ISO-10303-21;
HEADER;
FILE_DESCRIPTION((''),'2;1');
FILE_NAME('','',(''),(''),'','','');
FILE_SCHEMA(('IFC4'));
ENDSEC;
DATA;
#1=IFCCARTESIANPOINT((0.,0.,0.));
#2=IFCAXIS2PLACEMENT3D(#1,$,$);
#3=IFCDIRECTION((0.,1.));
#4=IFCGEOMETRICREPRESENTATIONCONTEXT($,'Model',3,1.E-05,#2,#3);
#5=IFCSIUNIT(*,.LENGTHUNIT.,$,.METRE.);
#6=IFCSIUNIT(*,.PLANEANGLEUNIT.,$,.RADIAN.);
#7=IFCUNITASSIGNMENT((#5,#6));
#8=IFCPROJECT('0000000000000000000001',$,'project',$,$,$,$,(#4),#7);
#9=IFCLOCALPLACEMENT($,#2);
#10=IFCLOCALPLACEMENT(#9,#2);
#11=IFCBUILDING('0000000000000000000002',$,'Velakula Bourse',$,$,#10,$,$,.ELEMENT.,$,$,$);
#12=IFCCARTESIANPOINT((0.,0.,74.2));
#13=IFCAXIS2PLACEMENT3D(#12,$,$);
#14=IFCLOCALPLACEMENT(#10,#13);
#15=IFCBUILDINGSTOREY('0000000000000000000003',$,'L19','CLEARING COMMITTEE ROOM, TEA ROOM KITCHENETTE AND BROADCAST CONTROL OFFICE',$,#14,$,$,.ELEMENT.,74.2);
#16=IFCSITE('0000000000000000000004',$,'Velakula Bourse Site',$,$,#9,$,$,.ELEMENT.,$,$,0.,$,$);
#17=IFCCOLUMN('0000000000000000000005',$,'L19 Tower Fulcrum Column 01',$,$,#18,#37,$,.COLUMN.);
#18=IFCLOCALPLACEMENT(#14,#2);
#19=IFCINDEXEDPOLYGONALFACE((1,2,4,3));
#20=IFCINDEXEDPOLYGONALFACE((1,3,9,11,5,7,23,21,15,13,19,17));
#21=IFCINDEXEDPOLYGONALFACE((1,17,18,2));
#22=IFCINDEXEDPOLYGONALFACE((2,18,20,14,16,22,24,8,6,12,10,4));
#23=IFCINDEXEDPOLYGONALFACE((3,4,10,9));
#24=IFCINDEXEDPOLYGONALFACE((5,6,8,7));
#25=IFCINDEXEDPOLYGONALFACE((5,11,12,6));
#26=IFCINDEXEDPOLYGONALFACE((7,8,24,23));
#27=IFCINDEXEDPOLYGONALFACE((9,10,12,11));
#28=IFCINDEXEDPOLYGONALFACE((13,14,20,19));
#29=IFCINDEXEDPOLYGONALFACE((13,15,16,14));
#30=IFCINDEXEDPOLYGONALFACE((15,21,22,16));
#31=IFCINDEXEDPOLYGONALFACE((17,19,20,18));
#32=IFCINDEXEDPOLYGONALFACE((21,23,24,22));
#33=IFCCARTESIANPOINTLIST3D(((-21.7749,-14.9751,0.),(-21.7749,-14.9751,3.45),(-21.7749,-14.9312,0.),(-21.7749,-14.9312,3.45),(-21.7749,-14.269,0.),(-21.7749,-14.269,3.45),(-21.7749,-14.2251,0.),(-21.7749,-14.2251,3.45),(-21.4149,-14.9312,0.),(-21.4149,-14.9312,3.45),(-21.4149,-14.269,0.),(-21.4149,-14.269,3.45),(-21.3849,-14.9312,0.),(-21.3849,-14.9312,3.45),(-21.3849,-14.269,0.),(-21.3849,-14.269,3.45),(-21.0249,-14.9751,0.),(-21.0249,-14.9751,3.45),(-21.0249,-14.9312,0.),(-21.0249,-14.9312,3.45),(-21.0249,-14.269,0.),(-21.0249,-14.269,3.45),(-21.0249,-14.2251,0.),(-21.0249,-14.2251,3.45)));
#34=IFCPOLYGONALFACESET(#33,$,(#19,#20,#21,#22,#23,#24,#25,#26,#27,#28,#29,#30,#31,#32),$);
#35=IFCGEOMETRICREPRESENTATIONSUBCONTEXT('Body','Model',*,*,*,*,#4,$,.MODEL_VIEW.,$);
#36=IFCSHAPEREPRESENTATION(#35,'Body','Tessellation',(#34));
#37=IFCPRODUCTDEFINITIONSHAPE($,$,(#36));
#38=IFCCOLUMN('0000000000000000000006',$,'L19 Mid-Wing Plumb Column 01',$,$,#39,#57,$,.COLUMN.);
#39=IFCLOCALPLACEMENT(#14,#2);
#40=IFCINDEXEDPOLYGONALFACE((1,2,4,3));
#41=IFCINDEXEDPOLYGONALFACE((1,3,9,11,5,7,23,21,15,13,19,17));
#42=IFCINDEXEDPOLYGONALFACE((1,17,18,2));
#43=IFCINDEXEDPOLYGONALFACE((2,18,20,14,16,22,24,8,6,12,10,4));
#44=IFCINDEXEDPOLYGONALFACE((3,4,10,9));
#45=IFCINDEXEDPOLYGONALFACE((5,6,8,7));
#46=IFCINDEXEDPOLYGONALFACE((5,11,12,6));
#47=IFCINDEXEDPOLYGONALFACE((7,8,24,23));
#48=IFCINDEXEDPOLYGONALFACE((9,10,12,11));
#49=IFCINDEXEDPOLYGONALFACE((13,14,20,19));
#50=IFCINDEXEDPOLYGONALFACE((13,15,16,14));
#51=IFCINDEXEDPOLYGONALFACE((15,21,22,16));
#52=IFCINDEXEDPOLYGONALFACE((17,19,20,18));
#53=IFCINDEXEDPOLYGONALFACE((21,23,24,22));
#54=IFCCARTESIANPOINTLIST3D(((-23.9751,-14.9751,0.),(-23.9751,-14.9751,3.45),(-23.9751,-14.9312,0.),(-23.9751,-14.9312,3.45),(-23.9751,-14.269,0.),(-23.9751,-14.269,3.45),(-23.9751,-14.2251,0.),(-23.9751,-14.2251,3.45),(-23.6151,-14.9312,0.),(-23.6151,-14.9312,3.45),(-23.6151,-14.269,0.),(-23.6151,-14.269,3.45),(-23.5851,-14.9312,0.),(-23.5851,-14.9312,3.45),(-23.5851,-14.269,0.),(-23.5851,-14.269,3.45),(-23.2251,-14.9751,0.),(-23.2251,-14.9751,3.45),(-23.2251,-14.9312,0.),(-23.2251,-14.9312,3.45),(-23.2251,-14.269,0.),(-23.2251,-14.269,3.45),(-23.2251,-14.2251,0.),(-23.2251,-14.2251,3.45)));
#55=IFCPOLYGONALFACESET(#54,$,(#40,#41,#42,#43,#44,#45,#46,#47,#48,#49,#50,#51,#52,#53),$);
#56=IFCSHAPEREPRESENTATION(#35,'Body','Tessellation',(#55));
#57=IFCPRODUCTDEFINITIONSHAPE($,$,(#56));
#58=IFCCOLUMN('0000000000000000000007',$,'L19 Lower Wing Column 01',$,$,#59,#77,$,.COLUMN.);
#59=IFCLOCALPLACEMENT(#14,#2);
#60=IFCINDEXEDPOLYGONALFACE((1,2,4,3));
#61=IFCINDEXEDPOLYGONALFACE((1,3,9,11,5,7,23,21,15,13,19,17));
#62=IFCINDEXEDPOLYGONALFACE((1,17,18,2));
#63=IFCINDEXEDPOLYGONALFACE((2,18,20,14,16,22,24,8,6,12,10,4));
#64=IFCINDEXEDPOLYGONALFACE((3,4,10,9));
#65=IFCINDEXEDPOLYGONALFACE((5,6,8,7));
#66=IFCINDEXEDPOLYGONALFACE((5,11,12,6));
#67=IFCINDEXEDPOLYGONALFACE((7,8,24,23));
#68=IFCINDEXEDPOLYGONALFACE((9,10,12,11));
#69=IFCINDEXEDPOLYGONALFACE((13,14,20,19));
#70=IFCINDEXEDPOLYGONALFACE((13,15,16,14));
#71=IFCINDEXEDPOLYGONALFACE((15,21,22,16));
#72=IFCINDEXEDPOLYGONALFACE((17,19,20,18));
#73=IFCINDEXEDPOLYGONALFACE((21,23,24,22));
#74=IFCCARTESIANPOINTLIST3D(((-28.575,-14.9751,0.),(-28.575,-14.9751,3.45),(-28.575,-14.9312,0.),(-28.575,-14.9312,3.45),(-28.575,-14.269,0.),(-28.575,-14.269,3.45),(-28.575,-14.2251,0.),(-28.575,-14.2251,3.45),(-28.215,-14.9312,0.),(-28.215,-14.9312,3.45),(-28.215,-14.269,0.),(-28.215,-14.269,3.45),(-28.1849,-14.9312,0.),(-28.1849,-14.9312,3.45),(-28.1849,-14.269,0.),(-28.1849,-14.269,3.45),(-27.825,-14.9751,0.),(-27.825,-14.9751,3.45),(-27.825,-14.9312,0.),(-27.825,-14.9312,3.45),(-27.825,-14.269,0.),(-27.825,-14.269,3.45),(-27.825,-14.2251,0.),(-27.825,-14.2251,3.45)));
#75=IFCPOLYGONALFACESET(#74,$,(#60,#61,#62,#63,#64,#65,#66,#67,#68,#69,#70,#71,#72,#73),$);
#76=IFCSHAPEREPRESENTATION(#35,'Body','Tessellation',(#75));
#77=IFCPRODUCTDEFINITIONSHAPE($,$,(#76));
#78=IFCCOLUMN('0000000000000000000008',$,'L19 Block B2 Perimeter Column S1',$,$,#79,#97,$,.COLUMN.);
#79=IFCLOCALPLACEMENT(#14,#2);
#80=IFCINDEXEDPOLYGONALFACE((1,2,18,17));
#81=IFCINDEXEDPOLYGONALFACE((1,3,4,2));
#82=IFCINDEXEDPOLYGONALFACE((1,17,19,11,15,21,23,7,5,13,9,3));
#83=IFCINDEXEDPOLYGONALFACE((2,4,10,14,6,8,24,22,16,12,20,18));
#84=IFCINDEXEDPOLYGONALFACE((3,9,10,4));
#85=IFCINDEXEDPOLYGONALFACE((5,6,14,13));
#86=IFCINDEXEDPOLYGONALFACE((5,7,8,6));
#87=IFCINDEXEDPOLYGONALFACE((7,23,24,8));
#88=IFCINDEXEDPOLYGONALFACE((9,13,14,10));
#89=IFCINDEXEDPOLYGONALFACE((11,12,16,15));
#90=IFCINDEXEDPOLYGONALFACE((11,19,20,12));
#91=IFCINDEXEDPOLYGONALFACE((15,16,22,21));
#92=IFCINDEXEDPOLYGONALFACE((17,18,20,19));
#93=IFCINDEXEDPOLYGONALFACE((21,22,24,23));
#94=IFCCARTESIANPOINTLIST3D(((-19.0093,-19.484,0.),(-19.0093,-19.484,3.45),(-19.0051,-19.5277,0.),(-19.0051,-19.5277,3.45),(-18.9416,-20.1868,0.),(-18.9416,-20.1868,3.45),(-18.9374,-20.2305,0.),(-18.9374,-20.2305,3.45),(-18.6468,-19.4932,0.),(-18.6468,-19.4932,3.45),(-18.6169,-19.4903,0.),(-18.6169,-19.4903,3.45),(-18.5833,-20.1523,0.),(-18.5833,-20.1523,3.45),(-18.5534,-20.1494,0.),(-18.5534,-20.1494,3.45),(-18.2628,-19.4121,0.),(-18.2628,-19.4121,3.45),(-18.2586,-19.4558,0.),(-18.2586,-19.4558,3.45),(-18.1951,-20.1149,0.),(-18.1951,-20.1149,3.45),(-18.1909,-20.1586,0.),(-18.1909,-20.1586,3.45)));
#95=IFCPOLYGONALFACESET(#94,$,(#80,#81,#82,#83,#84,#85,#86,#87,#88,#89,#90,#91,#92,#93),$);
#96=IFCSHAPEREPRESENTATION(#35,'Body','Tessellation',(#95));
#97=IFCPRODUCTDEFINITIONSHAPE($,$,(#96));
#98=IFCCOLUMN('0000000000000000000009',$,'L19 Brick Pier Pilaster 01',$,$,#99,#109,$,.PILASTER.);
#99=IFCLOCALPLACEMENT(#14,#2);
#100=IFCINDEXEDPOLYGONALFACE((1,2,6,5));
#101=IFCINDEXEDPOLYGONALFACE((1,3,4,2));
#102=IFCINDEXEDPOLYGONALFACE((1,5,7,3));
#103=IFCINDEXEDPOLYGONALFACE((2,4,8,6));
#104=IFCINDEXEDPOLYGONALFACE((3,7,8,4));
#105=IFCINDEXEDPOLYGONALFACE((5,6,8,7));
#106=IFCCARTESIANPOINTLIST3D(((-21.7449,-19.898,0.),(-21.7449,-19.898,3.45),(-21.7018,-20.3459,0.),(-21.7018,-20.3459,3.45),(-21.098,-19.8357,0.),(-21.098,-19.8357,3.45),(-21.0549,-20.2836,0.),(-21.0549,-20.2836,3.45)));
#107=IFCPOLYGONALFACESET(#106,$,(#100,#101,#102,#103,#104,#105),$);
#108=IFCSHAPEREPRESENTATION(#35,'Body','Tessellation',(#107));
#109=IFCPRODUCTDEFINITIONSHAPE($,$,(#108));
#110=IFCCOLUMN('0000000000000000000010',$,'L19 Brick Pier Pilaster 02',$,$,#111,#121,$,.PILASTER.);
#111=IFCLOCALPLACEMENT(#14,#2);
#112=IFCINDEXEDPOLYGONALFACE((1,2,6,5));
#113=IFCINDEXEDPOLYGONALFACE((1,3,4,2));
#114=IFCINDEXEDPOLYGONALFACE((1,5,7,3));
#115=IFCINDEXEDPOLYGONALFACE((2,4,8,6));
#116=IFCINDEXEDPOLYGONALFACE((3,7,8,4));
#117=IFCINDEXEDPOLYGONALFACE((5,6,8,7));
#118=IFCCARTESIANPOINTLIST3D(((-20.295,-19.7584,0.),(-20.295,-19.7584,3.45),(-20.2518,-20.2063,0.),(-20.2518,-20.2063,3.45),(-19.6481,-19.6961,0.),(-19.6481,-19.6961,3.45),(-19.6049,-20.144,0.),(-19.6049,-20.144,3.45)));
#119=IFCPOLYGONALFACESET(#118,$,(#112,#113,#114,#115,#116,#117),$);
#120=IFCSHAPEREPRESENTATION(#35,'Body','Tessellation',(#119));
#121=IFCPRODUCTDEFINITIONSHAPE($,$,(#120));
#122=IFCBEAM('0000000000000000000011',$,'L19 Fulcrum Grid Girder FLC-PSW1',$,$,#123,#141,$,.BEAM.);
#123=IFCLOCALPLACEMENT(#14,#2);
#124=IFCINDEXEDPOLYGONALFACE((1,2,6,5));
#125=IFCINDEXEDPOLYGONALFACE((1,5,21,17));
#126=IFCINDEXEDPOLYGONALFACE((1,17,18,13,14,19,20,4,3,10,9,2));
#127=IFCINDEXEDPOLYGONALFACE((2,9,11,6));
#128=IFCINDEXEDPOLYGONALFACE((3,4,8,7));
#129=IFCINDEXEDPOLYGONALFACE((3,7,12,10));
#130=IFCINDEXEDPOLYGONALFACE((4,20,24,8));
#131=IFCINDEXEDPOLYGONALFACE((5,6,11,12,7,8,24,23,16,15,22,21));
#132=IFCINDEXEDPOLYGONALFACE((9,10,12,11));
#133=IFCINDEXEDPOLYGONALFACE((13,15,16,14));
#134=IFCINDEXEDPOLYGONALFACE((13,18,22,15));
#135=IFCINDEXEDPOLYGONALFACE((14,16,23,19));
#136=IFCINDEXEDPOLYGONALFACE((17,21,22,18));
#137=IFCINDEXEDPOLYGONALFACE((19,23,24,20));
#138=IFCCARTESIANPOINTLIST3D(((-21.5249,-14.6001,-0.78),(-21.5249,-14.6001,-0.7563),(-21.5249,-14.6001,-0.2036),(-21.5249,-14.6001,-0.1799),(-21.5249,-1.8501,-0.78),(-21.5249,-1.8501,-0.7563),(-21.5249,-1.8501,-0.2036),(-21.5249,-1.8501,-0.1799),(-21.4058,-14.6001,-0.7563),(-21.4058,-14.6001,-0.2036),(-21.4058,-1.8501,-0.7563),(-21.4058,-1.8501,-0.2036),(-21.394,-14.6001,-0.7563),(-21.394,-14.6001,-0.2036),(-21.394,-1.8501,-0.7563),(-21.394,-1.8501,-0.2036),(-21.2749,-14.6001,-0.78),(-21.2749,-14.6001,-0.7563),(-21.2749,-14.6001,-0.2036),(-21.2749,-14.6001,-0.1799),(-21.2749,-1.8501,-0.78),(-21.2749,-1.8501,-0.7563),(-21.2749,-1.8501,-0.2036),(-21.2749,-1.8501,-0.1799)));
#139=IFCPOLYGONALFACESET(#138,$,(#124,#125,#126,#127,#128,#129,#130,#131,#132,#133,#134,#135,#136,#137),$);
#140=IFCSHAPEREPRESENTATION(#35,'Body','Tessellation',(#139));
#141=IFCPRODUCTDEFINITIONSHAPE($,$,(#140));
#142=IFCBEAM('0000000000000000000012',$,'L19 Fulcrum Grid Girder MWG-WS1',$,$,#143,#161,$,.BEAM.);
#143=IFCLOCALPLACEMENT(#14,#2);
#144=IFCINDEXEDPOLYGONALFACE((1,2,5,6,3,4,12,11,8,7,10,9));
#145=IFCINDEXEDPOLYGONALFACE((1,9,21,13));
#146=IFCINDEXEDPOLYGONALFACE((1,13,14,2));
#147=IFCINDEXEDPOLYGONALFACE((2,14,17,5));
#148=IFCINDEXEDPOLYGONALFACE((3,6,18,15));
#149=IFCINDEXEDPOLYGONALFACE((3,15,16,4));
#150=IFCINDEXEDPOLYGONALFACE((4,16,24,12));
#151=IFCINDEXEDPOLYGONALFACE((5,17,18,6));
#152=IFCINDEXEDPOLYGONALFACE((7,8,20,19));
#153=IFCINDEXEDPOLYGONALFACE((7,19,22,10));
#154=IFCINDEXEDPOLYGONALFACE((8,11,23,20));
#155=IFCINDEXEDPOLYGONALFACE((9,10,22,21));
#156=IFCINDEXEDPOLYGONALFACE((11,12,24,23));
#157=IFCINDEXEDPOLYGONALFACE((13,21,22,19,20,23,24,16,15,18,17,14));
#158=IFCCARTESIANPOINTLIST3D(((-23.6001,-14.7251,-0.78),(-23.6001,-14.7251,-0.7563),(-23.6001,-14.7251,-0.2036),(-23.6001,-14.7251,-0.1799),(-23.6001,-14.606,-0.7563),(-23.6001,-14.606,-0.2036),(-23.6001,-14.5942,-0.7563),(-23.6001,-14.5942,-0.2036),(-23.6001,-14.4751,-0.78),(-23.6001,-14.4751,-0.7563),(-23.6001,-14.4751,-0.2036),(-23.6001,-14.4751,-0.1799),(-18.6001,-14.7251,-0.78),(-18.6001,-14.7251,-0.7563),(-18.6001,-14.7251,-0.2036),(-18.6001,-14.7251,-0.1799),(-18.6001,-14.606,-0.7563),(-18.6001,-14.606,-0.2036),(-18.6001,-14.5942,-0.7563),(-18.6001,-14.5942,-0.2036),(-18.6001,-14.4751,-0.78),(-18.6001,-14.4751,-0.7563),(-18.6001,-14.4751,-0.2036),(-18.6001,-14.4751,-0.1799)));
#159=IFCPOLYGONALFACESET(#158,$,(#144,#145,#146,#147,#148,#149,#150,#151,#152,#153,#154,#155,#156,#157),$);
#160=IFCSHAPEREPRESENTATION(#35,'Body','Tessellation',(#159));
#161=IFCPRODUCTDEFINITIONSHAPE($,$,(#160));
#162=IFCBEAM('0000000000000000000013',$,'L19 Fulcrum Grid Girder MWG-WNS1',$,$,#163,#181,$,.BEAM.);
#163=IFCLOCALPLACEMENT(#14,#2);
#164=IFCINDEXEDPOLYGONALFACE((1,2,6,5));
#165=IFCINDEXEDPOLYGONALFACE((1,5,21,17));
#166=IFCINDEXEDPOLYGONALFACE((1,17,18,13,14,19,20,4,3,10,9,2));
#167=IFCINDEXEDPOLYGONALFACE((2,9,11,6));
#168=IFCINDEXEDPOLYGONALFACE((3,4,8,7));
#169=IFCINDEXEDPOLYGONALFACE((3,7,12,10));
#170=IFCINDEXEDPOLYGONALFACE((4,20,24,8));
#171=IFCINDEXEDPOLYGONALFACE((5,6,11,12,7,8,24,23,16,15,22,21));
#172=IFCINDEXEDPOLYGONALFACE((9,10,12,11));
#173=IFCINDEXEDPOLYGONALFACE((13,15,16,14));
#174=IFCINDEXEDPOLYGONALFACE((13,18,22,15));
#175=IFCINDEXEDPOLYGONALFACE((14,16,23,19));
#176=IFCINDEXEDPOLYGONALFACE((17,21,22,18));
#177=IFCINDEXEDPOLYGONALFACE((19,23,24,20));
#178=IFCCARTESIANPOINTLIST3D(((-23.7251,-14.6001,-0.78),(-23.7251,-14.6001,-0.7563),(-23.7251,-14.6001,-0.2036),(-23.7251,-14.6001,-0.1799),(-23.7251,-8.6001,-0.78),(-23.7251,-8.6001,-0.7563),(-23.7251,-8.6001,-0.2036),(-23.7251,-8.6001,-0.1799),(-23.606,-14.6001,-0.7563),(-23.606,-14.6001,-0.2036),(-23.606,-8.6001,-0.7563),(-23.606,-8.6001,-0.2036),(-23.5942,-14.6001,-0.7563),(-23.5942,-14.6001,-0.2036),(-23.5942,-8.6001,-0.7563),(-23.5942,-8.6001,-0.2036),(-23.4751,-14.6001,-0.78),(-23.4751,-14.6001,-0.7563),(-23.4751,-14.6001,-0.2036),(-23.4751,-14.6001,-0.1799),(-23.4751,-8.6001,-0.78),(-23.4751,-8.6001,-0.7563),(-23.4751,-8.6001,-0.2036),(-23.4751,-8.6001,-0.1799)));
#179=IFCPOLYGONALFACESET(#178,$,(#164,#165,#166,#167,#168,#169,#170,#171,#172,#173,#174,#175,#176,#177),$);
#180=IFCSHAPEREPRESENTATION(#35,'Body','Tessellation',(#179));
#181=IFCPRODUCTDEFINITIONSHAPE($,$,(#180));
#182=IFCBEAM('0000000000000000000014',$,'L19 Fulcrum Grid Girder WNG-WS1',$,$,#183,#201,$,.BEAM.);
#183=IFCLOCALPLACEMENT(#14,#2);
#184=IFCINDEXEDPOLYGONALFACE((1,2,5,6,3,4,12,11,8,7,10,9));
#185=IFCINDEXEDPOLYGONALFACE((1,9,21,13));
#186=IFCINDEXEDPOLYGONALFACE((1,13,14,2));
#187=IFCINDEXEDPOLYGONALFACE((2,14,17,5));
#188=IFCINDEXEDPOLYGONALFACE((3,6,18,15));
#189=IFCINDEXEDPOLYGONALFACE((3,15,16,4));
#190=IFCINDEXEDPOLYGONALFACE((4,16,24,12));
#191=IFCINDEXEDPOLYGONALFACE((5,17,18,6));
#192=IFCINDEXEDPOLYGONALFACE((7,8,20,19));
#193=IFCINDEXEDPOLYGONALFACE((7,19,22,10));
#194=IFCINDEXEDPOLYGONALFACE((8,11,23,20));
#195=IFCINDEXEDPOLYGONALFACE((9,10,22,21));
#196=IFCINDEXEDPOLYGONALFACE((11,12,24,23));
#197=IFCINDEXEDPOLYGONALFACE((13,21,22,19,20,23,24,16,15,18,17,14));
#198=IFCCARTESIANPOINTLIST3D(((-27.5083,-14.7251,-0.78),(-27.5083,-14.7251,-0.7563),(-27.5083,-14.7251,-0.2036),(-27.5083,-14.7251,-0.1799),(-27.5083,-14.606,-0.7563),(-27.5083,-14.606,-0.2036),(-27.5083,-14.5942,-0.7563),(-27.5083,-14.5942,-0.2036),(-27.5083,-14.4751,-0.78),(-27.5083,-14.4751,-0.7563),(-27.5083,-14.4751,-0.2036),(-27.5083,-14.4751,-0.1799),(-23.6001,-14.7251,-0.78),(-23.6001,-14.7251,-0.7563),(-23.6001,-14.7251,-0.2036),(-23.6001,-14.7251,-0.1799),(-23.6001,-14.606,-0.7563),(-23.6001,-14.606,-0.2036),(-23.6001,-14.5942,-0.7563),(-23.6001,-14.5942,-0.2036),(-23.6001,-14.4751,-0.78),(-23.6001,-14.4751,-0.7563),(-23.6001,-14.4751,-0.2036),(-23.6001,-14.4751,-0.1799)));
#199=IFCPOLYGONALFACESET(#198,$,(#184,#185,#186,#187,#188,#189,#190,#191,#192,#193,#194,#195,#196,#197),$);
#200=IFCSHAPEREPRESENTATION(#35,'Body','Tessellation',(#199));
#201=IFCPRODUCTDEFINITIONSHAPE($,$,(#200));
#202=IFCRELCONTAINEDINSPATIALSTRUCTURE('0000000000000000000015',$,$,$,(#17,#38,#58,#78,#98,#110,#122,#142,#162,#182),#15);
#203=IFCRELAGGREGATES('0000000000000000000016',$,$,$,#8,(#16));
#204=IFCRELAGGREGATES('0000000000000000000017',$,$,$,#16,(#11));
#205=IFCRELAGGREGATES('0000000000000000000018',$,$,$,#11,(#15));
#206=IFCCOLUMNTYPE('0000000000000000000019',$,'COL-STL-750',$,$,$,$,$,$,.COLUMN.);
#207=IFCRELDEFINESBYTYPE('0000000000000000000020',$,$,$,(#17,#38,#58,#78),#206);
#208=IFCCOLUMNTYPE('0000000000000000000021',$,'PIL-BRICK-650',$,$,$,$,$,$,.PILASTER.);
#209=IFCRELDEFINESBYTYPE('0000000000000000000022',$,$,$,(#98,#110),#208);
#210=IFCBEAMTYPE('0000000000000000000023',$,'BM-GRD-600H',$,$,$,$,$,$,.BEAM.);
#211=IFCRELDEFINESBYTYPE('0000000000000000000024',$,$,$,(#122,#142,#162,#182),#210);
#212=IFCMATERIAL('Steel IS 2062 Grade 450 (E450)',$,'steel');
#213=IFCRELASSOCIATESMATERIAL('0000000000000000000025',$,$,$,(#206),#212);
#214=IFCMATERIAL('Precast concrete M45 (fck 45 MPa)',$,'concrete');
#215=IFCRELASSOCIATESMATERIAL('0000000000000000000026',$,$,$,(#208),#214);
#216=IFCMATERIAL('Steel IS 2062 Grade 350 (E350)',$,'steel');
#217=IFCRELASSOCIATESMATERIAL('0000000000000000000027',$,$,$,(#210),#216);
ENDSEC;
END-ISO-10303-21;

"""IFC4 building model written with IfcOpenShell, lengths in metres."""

from ifc_helpers import new_model, si_unit, direction, frame, origin, origin_2d, place, context, subcontext, project, spatial, rectangle, i_section, extrude, material, material_profile, profile_set, type_object, element, save


model = new_model("IFC4")

# Units and contexts
model_context = context("Model", 3, precision=1e-05, world=origin(), true_north=direction((0.0, 1.0)))
body_context = subcontext(model_context, "Body", "Model", "MODEL_VIEW")
ifc_project = project(units=[si_unit("LENGTHUNIT", "METRE"), si_unit("PLANEANGLEUNIT", "RADIAN")], contexts=[model_context])

# Site, building, storey
site_placement = place(None, origin())
site = spatial("IfcSite", under=ifc_project, at=site_placement, Name="Velakula Bourse Site", CompositionType="ELEMENT", RefElevation=0.0)
building_placement = place(site_placement, origin())
building = spatial("IfcBuilding", under=site, at=building_placement, Name="Velakula Bourse", CompositionType="ELEMENT")
storey_placement = place(building_placement, frame((0.0, 0.0, 74.2)))
storey = spatial("IfcBuildingStorey", under=building, at=storey_placement, Name="L19", Description="CLEARING COMMITTEE ROOM, TEA ROOM KITCHENETTE AND BROADCAST CONTROL OFFICE", CompositionType="ELEMENT", Elevation=74.2)

# Columns
ifc_material_1 = material(Name="Steel IS 2062 Grade 450 (E450)", Category="steel")
ifc_material_profile_1 = material_profile(ifc_material_1, i_section(OverallWidth=0.75, OverallDepth=0.75, WebThickness=0.03, FlangeThickness=0.0439, at=origin_2d()), Name="Steel IS 2062 Grade 450 (E450)")
ifc_profile_set_1 = profile_set([ifc_material_profile_1], Name="Steel IS 2062 Grade 450 (E450)")
column_type_1 = type_object("IfcColumnType", Name="COL-STL-750", PredefinedType="COLUMN", material=ifc_profile_set_1)
for number, where, z_axis, x_axis, name in (
    (1, (-21.3999, -14.6001, 0.0), (0.0, 0.0, 1.0), (1.0, 0.0, 0.0), "L19 Tower Fulcrum Column 01"),
    (2, (-23.6001, -14.6001, 0.0), (0.0, 0.0, 1.0), (1.0, 0.0, 0.0), "L19 Mid-Wing Plumb Column 01"),
    (3, (-28.2, -14.6001, 0.0), (0.0, 0.0, 1.0), (1.0, 0.0, 0.0), "L19 Lower Wing Column 01"),
    (4, (-18.6001, -19.8213, 0.0), (0.0, 0.0, 1.0), (0.995396, 0.095846, 0.0), "L19 Block B2 Perimeter Column S1"),
):
    element("IfcColumn", number, at=place(storey_placement, frame(where, z_axis=z_axis, x_axis=x_axis)), inside=storey, type_object=column_type_1, Name=name, PredefinedType="COLUMN", context=body_context, shape_type="SweptSolid", body=[
        extrude(i_section(OverallWidth=0.75, OverallDepth=0.75, WebThickness=0.03, FlangeThickness=0.0439, at=origin_2d()), origin(), (0.0, 0.0, 1.0), 3.45),
    ])
ifc_material_2 = material(Name="Precast concrete M45 (fck 45 MPa)", Category="concrete")
ifc_material_profile_2 = material_profile(ifc_material_2, rectangle(XDim=0.6499, YDim=0.45, at=origin_2d()), Name="Precast concrete M45 (fck 45 MPa)")
ifc_profile_set_2 = profile_set([ifc_material_profile_2], Name="Precast concrete M45 (fck 45 MPa)")
column_type_2 = type_object("IfcColumnType", Name="PIL-BRICK-650", PredefinedType="PILASTER", material=ifc_profile_set_2)
for number, where, z_axis, x_axis, name in (
    (5, (-21.3999, -20.0908, 0.0), (0.0, 0.0, 1.0), (0.995396, 0.095846, 0.0), "L19 Brick Pier Pilaster 01"),
    (6, (-19.95, -19.9512, 0.0), (0.0, 0.0, 1.0), (0.995396, 0.095846, 0.0), "L19 Brick Pier Pilaster 02"),
):
    element("IfcColumn", number, at=place(storey_placement, frame(where, z_axis=z_axis, x_axis=x_axis)), inside=storey, type_object=column_type_2, Name=name, PredefinedType="PILASTER", context=body_context, shape_type="SweptSolid", body=[
        extrude(rectangle(XDim=0.6499, YDim=0.45, at=origin_2d()), origin(), (0.0, 0.0, 1.0), 3.45),
    ])

# Beams
ifc_material_3 = material(Name="Steel IS 2062 Grade 350 (E350)", Category="steel")
ifc_material_profile_3 = material_profile(ifc_material_3, i_section(OverallWidth=0.25, OverallDepth=0.6001, WebThickness=0.0117, FlangeThickness=0.0237, at=origin_2d()), Name="Steel IS 2062 Grade 350 (E350)")
ifc_profile_set_3 = profile_set([ifc_material_profile_3], Name="Steel IS 2062 Grade 350 (E350)")
beam_type_1 = type_object("IfcBeamType", Name="BM-GRD-600H", PredefinedType="BEAM", material=ifc_profile_set_3)
beam_1_placement = place(storey_placement, frame((-21.3999, -14.6001, -0.48), z_axis=(0.0, 1.0, 0.0), x_axis=(-1.0, 0.0, 0.0)))
element("IfcBeam", 7, at=beam_1_placement, inside=storey, type_object=beam_type_1, Name="L19 Fulcrum Grid Girder FLC-PSW1", PredefinedType="BEAM", context=body_context, shape_type="SweptSolid", body=[
    extrude(i_section(OverallWidth=0.25, OverallDepth=0.6001, WebThickness=0.0117, FlangeThickness=0.0237, at=origin_2d()), origin(), (0.0, 0.0, 1.0), 12.75),
])
beam_2_placement = place(storey_placement, frame((-23.6001, -14.6001, -0.48), z_axis=(1.0, 0.0, 0.0), x_axis=(0.0, 1.0, 0.0)))
element("IfcBeam", 8, at=beam_2_placement, inside=storey, type_object=beam_type_1, Name="L19 Fulcrum Grid Girder MWG-WS1", PredefinedType="BEAM", context=body_context, shape_type="SweptSolid", body=[
    extrude(i_section(OverallWidth=0.25, OverallDepth=0.6001, WebThickness=0.0117, FlangeThickness=0.0237, at=origin_2d()), origin(), (0.0, 0.0, 1.0), 5.0),
])
beam_3_placement = place(storey_placement, frame((-23.6001, -14.6001, -0.48), z_axis=(0.0, 1.0, 0.0), x_axis=(-1.0, 0.0, 0.0)))
element("IfcBeam", 9, at=beam_3_placement, inside=storey, type_object=beam_type_1, Name="L19 Fulcrum Grid Girder MWG-WNS1", PredefinedType="BEAM", context=body_context, shape_type="SweptSolid", body=[
    extrude(i_section(OverallWidth=0.25, OverallDepth=0.6001, WebThickness=0.0117, FlangeThickness=0.0237, at=origin_2d()), origin(), (0.0, 0.0, 1.0), 6.0),
])
beam_4_placement = place(storey_placement, frame((-27.5083, -14.6001, -0.48), z_axis=(1.0, 0.0, 0.0), x_axis=(0.0, 1.0, 0.0)))
element("IfcBeam", 10, at=beam_4_placement, inside=storey, type_object=beam_type_1, Name="L19 Fulcrum Grid Girder WNG-WS1", PredefinedType="BEAM", context=body_context, shape_type="SweptSolid", body=[
    extrude(i_section(OverallWidth=0.25, OverallDepth=0.6001, WebThickness=0.0117, FlangeThickness=0.0237, at=origin_2d()), origin(), (0.0, 0.0, 1.0), 3.9082),
])

save(model, "model.ifc")
